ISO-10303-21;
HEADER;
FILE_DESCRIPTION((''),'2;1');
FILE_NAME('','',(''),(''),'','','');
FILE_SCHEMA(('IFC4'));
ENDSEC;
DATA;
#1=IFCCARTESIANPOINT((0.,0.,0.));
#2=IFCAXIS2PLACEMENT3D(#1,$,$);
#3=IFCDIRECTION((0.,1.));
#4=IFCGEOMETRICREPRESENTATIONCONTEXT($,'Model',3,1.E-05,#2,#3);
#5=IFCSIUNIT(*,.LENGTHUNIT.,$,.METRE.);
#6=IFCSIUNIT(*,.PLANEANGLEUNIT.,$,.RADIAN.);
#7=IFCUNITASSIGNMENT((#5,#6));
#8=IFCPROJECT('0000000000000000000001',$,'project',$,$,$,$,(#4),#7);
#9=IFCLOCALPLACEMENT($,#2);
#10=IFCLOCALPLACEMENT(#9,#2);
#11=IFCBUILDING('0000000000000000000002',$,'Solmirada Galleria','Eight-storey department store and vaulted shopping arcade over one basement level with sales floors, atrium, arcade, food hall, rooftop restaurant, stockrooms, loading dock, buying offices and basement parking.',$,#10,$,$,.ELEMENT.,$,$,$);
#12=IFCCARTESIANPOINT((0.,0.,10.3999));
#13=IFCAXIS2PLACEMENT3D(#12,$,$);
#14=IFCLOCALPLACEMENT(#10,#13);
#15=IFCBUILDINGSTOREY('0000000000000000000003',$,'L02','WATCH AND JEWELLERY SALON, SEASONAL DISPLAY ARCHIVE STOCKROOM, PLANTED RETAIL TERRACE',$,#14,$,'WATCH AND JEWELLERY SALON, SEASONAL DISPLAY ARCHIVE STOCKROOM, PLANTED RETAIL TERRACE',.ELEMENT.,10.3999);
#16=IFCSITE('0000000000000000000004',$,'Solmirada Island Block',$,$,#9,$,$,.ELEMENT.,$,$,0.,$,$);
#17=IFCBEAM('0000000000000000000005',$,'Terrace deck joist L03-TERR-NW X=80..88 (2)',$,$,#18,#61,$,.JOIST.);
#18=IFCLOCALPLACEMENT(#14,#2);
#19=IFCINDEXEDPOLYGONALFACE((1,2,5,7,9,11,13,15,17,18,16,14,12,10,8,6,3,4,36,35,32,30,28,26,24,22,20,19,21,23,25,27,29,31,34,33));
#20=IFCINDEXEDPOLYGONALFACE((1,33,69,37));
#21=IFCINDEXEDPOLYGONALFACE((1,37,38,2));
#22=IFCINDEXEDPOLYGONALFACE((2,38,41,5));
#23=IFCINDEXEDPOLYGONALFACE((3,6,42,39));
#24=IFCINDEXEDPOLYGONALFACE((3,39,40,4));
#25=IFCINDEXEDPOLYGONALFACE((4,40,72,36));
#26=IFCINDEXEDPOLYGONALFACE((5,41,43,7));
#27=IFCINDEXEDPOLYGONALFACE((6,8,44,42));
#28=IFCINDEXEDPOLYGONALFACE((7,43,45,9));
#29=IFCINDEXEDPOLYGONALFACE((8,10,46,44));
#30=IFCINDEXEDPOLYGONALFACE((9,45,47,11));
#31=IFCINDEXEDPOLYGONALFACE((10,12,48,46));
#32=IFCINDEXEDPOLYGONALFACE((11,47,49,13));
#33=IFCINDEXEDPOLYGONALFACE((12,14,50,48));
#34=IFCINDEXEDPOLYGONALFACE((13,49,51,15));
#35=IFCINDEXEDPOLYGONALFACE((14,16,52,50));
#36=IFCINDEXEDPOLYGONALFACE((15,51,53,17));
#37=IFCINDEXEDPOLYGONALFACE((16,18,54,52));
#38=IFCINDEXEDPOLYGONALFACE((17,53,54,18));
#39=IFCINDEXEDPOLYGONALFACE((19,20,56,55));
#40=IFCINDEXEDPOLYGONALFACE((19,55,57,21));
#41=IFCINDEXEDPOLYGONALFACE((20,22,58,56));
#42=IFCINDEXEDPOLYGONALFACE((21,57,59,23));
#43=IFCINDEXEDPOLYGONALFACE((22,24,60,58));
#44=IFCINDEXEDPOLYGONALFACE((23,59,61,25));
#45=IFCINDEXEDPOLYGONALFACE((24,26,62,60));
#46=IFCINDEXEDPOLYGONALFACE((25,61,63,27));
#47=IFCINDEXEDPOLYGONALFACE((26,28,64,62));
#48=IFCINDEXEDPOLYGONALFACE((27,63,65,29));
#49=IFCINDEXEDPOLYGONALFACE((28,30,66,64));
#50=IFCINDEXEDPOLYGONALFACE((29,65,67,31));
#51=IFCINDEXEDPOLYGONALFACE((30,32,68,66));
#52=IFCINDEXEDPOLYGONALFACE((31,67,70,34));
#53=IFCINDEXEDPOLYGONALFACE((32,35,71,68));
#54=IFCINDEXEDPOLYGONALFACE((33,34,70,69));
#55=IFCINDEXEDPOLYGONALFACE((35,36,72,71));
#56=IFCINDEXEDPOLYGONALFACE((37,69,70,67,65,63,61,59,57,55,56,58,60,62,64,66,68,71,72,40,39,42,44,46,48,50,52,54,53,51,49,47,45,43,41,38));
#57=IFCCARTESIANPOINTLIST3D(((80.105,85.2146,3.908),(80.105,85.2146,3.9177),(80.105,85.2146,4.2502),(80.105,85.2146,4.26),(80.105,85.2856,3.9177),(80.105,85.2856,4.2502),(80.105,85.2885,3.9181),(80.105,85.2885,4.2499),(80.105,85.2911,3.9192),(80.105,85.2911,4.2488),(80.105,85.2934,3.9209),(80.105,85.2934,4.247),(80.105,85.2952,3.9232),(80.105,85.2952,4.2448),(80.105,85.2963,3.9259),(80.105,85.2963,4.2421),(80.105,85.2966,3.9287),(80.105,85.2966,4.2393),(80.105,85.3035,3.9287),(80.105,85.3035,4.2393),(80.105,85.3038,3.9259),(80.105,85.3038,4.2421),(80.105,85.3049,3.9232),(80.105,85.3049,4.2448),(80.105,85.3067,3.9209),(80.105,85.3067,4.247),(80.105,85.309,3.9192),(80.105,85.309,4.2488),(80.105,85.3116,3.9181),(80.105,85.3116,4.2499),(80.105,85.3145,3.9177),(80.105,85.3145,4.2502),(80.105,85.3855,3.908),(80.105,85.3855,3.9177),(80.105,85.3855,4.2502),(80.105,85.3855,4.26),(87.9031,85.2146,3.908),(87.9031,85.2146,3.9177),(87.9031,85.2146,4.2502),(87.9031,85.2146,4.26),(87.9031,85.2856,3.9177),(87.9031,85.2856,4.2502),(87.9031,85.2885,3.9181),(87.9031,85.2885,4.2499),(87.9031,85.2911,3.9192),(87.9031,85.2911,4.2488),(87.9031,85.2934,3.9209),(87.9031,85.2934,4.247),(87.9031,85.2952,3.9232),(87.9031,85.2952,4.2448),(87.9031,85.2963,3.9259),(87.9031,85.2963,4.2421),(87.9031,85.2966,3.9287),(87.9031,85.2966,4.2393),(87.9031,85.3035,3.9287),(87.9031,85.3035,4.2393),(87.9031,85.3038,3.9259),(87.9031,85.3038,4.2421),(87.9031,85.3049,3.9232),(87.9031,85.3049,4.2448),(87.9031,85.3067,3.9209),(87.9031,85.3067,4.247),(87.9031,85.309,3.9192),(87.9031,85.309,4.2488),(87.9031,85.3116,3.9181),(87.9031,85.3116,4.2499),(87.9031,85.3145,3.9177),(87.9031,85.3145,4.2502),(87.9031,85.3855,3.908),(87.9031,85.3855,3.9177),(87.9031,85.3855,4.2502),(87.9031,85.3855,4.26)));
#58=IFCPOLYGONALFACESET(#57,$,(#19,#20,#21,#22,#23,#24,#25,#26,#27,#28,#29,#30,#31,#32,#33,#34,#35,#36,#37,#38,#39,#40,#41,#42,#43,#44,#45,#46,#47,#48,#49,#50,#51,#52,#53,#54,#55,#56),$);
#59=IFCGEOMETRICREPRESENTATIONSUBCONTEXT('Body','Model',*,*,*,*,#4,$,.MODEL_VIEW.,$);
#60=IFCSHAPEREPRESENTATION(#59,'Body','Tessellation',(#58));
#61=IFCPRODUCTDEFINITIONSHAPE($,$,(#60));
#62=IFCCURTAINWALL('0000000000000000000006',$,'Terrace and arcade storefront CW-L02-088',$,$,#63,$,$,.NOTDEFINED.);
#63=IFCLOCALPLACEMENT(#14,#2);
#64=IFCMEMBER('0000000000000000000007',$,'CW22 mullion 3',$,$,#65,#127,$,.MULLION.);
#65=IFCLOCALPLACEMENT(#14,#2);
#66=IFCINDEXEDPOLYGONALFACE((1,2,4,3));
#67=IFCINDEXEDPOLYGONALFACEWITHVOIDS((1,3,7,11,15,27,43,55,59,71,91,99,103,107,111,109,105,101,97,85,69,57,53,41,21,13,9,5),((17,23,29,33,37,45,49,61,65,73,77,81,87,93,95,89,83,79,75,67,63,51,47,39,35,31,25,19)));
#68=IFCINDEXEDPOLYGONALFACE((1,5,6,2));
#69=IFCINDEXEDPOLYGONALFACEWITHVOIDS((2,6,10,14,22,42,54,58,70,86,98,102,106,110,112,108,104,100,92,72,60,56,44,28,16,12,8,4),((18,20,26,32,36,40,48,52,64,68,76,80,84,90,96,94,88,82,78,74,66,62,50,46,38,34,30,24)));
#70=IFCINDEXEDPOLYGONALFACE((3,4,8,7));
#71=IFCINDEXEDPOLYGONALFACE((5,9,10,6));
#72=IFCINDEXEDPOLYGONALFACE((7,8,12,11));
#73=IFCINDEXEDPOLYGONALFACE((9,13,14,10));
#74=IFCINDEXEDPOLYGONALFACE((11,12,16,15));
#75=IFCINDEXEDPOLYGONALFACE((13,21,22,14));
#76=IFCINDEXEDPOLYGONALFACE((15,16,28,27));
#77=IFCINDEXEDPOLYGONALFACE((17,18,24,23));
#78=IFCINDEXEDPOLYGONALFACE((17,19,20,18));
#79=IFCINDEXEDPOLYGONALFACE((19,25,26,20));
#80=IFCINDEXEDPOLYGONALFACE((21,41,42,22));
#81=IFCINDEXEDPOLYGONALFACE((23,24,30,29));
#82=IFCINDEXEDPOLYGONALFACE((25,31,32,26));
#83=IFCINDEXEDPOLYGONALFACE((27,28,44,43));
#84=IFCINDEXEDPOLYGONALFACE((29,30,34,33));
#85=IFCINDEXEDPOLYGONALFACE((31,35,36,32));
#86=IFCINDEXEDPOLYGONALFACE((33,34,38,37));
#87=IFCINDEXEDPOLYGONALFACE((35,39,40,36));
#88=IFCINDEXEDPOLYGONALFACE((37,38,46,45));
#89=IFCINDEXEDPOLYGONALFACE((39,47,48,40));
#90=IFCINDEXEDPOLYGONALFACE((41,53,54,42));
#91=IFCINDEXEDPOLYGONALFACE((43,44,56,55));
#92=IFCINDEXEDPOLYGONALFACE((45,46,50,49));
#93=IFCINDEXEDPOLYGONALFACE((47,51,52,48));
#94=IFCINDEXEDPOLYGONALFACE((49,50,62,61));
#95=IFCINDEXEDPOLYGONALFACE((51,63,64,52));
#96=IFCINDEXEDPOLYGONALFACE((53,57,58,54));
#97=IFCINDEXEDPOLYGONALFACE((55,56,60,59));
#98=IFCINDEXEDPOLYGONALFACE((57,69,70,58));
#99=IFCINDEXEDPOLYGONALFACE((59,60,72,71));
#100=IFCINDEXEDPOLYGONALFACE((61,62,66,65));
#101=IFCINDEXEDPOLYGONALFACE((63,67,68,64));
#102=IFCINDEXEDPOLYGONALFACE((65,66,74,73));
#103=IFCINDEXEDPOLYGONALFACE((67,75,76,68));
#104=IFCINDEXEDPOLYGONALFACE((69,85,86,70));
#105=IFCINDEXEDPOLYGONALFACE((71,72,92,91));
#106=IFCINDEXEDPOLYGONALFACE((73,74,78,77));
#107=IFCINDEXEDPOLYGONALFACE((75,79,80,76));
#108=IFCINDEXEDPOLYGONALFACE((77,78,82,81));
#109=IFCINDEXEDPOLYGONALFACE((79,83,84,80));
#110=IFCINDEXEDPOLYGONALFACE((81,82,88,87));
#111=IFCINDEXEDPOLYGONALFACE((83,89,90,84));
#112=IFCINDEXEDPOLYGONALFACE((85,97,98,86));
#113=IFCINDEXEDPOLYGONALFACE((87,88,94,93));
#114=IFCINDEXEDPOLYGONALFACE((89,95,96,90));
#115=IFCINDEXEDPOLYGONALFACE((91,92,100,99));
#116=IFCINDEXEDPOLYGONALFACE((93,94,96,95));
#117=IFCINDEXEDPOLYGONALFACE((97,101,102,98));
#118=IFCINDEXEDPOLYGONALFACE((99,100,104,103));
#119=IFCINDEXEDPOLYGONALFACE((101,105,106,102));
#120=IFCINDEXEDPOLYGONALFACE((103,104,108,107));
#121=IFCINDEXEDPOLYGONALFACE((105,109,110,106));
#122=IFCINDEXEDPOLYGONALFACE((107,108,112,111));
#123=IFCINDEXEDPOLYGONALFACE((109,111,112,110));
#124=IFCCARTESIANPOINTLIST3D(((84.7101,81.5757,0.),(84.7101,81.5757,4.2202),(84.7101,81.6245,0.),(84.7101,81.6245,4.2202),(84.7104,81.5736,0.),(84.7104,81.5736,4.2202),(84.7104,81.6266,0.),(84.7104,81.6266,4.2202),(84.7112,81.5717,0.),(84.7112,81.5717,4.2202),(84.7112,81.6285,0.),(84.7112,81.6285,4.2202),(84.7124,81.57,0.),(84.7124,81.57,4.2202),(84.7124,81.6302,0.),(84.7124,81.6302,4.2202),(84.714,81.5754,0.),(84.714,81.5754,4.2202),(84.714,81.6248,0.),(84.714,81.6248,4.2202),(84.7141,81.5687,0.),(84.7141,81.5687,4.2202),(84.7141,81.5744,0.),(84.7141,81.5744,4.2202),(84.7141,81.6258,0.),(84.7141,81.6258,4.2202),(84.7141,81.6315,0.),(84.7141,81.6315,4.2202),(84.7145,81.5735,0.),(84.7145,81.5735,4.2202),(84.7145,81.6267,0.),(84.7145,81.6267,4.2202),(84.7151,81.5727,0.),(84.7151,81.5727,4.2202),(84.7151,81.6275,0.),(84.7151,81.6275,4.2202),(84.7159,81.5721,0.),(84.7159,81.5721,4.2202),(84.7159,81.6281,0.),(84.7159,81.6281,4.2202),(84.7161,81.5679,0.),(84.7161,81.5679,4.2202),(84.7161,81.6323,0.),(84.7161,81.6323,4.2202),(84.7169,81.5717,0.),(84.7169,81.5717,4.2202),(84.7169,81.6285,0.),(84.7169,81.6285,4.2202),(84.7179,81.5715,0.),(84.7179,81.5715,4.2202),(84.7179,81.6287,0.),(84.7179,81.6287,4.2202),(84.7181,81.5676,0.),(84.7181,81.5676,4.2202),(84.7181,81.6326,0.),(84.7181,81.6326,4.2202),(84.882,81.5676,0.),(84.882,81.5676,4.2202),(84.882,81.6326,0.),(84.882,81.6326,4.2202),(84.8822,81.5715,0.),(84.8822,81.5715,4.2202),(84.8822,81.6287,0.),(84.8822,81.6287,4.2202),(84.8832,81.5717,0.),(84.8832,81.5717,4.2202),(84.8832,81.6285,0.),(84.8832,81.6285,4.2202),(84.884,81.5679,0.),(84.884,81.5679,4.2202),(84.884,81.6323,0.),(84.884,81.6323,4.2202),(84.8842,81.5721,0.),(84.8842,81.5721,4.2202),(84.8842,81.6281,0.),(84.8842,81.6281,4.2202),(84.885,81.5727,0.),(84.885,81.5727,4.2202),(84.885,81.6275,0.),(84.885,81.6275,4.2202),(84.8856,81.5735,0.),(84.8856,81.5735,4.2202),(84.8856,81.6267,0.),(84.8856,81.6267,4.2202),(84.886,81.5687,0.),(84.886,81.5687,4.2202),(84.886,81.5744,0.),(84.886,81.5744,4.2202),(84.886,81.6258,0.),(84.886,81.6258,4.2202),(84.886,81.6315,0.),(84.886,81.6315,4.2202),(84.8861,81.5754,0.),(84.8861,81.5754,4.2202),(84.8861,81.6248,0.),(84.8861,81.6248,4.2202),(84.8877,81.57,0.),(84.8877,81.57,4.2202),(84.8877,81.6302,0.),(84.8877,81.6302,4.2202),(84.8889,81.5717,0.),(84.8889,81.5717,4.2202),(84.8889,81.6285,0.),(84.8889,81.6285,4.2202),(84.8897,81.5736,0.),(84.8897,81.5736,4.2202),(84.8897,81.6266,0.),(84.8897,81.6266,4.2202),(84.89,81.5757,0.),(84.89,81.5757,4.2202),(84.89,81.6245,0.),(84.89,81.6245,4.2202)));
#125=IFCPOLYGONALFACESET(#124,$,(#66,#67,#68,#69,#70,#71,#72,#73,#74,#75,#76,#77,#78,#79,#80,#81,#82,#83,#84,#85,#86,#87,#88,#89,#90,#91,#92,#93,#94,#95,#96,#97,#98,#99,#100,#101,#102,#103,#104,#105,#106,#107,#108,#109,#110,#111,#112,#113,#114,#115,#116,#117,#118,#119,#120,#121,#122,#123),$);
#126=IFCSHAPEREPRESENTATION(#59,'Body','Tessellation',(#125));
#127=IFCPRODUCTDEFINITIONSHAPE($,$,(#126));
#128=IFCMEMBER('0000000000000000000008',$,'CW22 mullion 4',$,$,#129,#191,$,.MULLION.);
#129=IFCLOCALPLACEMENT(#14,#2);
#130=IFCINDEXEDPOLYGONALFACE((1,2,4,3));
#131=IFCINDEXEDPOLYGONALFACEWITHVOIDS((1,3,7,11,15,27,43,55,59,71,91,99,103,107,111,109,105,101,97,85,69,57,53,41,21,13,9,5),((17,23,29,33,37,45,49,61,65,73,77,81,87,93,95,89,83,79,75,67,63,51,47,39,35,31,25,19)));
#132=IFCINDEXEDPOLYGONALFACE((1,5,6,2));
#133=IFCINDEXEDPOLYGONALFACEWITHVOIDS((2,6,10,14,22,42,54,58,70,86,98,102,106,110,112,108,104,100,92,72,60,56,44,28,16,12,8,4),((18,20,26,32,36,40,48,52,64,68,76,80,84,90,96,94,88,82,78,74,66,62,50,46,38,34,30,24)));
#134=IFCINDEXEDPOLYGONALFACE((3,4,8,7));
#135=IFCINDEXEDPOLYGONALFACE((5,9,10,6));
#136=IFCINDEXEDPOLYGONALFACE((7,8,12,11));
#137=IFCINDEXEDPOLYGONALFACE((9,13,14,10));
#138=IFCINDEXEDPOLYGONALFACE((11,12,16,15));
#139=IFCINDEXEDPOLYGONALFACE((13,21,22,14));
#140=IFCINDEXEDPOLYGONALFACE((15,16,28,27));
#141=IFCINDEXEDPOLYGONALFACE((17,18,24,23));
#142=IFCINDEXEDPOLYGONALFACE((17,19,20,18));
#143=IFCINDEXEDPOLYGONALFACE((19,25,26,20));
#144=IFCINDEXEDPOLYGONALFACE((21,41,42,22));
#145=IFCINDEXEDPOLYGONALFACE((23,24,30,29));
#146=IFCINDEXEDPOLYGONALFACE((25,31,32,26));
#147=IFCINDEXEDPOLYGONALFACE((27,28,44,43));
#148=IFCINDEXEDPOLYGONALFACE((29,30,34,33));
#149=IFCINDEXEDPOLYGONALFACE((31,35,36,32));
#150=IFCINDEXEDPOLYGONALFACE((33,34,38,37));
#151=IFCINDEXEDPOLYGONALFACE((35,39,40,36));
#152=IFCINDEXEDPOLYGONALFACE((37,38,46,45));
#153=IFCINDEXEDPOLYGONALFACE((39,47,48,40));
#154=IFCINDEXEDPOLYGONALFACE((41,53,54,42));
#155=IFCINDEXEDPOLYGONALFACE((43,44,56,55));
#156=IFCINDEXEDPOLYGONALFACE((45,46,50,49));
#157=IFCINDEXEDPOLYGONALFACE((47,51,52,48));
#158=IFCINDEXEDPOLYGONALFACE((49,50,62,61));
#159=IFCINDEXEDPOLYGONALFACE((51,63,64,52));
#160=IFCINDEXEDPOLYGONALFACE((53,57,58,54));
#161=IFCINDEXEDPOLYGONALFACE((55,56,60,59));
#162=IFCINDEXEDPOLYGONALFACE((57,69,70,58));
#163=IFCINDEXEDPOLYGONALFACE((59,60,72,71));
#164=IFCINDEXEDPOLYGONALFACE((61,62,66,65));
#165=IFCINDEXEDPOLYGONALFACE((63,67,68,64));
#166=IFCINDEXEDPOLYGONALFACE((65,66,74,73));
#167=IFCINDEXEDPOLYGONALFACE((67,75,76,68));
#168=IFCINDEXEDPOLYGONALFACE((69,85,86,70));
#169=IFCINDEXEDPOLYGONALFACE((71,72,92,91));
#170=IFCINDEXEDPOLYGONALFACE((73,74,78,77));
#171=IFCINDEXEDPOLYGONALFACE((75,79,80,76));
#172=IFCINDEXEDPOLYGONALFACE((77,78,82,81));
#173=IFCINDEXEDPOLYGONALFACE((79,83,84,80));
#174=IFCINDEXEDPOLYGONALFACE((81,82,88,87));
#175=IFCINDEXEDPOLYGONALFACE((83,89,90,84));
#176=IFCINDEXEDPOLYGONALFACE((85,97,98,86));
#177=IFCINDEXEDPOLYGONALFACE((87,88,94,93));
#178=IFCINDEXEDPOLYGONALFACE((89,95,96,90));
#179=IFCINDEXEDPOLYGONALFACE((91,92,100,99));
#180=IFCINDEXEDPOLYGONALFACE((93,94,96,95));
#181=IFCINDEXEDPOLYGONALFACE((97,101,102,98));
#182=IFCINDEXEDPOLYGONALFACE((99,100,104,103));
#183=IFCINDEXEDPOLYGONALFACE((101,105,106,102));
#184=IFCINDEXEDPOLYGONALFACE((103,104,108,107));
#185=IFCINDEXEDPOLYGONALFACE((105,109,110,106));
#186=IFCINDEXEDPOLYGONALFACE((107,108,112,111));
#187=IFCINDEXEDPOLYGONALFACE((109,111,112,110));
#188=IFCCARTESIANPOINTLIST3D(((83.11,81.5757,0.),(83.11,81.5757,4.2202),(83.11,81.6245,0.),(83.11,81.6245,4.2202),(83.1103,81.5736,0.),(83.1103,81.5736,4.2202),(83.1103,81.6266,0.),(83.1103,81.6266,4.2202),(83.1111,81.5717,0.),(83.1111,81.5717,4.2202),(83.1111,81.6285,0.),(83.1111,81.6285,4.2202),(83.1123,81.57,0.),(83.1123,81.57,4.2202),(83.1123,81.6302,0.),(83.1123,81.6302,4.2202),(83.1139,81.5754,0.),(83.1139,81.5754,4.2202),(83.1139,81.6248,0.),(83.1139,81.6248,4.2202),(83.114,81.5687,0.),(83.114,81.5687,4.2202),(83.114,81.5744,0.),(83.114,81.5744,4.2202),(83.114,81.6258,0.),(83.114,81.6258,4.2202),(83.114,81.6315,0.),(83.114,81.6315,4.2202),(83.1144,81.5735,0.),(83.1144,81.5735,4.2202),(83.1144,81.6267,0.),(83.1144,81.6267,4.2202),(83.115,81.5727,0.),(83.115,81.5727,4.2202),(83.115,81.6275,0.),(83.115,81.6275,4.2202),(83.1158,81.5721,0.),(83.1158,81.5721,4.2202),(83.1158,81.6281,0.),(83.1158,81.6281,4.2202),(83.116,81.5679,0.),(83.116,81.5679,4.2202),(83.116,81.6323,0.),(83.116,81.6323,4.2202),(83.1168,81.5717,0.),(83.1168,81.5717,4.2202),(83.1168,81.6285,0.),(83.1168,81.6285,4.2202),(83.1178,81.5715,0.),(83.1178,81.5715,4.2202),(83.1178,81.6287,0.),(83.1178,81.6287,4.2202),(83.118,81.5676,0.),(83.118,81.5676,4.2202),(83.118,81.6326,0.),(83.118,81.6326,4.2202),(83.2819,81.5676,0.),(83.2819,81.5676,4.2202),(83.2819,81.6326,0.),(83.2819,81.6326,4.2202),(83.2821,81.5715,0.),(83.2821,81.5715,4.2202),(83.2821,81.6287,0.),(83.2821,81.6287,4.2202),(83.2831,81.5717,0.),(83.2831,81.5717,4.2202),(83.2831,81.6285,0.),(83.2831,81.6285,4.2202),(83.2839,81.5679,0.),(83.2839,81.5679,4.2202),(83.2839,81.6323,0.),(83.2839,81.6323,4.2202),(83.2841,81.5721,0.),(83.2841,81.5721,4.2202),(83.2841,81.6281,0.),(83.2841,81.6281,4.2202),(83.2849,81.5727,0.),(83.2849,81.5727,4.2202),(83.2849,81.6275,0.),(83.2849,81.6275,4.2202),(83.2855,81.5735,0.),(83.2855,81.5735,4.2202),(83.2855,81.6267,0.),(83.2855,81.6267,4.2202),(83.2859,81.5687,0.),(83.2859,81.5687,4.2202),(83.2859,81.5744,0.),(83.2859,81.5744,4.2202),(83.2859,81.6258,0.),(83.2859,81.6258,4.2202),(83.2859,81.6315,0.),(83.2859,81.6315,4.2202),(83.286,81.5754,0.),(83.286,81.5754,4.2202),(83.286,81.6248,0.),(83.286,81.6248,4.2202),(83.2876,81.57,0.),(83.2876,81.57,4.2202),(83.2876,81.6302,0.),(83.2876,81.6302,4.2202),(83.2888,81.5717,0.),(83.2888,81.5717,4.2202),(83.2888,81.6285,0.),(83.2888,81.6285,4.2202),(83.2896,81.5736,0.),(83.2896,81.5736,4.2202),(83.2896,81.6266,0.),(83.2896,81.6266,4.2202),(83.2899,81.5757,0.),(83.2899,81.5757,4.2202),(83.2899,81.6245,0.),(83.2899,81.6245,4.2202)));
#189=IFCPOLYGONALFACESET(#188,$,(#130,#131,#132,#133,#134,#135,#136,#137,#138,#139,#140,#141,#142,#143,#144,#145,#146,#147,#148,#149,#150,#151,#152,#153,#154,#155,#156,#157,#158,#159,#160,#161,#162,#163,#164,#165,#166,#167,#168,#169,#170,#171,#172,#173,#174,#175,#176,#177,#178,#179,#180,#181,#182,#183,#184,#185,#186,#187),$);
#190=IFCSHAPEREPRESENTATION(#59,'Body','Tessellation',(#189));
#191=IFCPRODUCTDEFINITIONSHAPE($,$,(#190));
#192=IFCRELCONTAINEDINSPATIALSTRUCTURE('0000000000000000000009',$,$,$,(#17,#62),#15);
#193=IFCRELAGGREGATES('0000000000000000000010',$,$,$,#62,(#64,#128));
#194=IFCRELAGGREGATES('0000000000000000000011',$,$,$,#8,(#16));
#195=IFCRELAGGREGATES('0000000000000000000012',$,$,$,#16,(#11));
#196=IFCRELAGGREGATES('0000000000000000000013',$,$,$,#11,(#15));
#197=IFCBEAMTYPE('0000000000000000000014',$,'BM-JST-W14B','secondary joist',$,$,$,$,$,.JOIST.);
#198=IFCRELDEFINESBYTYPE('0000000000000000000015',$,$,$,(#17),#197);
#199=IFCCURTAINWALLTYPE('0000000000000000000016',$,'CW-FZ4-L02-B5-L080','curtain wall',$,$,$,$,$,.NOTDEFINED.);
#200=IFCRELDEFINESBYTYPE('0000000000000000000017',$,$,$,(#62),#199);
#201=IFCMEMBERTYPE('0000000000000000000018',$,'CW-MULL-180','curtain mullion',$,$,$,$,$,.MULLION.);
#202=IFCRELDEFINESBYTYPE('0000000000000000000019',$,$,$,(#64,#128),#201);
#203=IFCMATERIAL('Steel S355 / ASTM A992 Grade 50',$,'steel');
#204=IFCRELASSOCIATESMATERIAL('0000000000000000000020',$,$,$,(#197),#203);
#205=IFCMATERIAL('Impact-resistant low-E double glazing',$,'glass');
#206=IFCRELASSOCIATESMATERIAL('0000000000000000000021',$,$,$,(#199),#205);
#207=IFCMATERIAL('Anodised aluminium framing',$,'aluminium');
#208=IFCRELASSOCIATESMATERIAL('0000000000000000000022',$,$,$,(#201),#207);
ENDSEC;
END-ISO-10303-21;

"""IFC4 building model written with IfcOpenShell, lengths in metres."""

from ifc_helpers import new_model, si_unit, direction, frame, origin, origin_2d, place, context, subcontext, project, spatial, hollow_rectangle, i_section, extrude, material, material_profile, profile_set, type_object, element, aggregate, save


model = new_model("IFC4")

# Units and contexts
model_context = context("Model", 3, precision=1e-05, world=origin(), true_north=direction((0.0, 1.0)))
body_context = subcontext(model_context, "Body", "Model", "MODEL_VIEW")
ifc_project = project(units=[si_unit("LENGTHUNIT", "METRE"), si_unit("PLANEANGLEUNIT", "RADIAN")], contexts=[model_context])

# Site, building, storey
site_placement = place(None, origin())
site = spatial("IfcSite", under=ifc_project, at=site_placement, Name="Solmirada Island Block", CompositionType="ELEMENT", RefElevation=0.0)
building_placement = place(site_placement, origin())
building = spatial("IfcBuilding", under=site, at=building_placement, Name="Solmirada Galleria", Description="Eight-storey department store and vaulted shopping arcade over one basement level with sales floors, atrium, arcade, food hall, rooftop restaurant, stockrooms, loading dock, buying offices and basement parking.", CompositionType="ELEMENT")
storey_placement = place(building_placement, frame((0.0, 0.0, 10.3999)))
storey = spatial("IfcBuildingStorey", under=building, at=storey_placement, Name="L02", Description="WATCH AND JEWELLERY SALON, SEASONAL DISPLAY ARCHIVE STOCKROOM, PLANTED RETAIL TERRACE", LongName="WATCH AND JEWELLERY SALON, SEASONAL DISPLAY ARCHIVE STOCKROOM, PLANTED RETAIL TERRACE", CompositionType="ELEMENT", Elevation=10.3999)

# Beam
ifc_material_1 = material(Name="Steel S355 / ASTM A992 Grade 50", Category="steel")
ifc_material_profile_1 = material_profile(ifc_material_1, i_section(OverallWidth=0.1709, OverallDepth=0.3521, WebThickness=0.0068, FlangeThickness=0.0098, FilletRadius=0.011, at=origin_2d()), Name="W14X30")
ifc_profile_set_1 = profile_set([ifc_material_profile_1], Name="Steel S355 / ASTM A992 Grade 50")
beam_type_1 = type_object("IfcBeamType", Name="BM-JST-W14B", Description="secondary joist", PredefinedType="JOIST", material=ifc_profile_set_1)
for number, where, z_axis, x_axis, name in (
    (1, (80.105, 85.3, 4.084), (1.0, 0.0, 0.0), (0.0, 1.0, 0.0), "Terrace deck joist L03-TERR-NW X=80..88 (2)"),
):
    element("IfcBeam", number, at=place(storey_placement, frame(where, z_axis=z_axis, x_axis=x_axis)), inside=storey, type_object=beam_type_1, Name=name, PredefinedType="JOIST", context=body_context, shape_type="SweptSolid", body=[
        extrude(i_section(OverallWidth=0.1709, OverallDepth=0.3521, WebThickness=0.0068, FlangeThickness=0.0098, FilletRadius=0.011, at=origin_2d()), origin(), (0.0, 0.0, 1.0), 7.7981),
    ])

# Curtain wall, members
ifc_material_2 = material(Name="Impact-resistant low-E double glazing", Category="glass")
curtain_wall_type = type_object("IfcCurtainWallType", Name="CW-FZ4-L02-B5-L080", Description="curtain wall", PredefinedType="NOTDEFINED", material=ifc_material_2)
curtain_wall_placement = place(storey_placement, origin())
curtain_wall = element("IfcCurtainWall", 2, at=curtain_wall_placement, inside=storey, type_object=curtain_wall_type, Name="Terrace and arcade storefront CW-L02-088", PredefinedType="NOTDEFINED")
ifc_material_3 = material(Name="Anodised aluminium framing", Category="aluminium")
ifc_material_profile_2 = material_profile(ifc_material_3, hollow_rectangle(XDim=0.0649, YDim=0.1799, WallThickness=0.0039, InnerFilletRadius=0.0039, OuterFilletRadius=0.0081, at=origin_2d()), Name="ALU-MULL-180X65")
ifc_profile_set_2 = profile_set([ifc_material_profile_2], Name="Anodised aluminium framing")
member_type_1 = type_object("IfcMemberType", Name="CW-MULL-180", Description="curtain mullion", PredefinedType="MULLION", material=ifc_profile_set_2)
member_1_placement = place(storey_placement, frame((84.8, 81.6001, 0.0), z_axis=(0.0, 0.0, 1.0), x_axis=(0.0, -1.0, 0.0)))
member_1 = element("IfcMember", 3, at=member_1_placement, type_object=member_type_1, Name="CW22 mullion 3", PredefinedType="MULLION", context=body_context, shape_type="SweptSolid", body=[
    extrude(hollow_rectangle(XDim=0.0649, YDim=0.1799, WallThickness=0.0039, InnerFilletRadius=0.0039, OuterFilletRadius=0.0081, at=origin_2d()), origin(), (0.0, 0.0, 1.0), 4.2202),
])
member_2_placement = place(storey_placement, frame((83.2, 81.6001, 0.0), z_axis=(0.0, 0.0, 1.0), x_axis=(0.0, -1.0, 0.0)))
member_2 = element("IfcMember", 4, at=member_2_placement, type_object=member_type_1, Name="CW22 mullion 4", PredefinedType="MULLION", context=body_context, shape_type="SweptSolid", body=[
    extrude(hollow_rectangle(XDim=0.0649, YDim=0.1799, WallThickness=0.0039, InnerFilletRadius=0.0039, OuterFilletRadius=0.0081, at=origin_2d()), origin(), (0.0, 0.0, 1.0), 4.2202),
])
aggregate(curtain_wall, [member_1, member_2])

save(model, "model.ifc")
